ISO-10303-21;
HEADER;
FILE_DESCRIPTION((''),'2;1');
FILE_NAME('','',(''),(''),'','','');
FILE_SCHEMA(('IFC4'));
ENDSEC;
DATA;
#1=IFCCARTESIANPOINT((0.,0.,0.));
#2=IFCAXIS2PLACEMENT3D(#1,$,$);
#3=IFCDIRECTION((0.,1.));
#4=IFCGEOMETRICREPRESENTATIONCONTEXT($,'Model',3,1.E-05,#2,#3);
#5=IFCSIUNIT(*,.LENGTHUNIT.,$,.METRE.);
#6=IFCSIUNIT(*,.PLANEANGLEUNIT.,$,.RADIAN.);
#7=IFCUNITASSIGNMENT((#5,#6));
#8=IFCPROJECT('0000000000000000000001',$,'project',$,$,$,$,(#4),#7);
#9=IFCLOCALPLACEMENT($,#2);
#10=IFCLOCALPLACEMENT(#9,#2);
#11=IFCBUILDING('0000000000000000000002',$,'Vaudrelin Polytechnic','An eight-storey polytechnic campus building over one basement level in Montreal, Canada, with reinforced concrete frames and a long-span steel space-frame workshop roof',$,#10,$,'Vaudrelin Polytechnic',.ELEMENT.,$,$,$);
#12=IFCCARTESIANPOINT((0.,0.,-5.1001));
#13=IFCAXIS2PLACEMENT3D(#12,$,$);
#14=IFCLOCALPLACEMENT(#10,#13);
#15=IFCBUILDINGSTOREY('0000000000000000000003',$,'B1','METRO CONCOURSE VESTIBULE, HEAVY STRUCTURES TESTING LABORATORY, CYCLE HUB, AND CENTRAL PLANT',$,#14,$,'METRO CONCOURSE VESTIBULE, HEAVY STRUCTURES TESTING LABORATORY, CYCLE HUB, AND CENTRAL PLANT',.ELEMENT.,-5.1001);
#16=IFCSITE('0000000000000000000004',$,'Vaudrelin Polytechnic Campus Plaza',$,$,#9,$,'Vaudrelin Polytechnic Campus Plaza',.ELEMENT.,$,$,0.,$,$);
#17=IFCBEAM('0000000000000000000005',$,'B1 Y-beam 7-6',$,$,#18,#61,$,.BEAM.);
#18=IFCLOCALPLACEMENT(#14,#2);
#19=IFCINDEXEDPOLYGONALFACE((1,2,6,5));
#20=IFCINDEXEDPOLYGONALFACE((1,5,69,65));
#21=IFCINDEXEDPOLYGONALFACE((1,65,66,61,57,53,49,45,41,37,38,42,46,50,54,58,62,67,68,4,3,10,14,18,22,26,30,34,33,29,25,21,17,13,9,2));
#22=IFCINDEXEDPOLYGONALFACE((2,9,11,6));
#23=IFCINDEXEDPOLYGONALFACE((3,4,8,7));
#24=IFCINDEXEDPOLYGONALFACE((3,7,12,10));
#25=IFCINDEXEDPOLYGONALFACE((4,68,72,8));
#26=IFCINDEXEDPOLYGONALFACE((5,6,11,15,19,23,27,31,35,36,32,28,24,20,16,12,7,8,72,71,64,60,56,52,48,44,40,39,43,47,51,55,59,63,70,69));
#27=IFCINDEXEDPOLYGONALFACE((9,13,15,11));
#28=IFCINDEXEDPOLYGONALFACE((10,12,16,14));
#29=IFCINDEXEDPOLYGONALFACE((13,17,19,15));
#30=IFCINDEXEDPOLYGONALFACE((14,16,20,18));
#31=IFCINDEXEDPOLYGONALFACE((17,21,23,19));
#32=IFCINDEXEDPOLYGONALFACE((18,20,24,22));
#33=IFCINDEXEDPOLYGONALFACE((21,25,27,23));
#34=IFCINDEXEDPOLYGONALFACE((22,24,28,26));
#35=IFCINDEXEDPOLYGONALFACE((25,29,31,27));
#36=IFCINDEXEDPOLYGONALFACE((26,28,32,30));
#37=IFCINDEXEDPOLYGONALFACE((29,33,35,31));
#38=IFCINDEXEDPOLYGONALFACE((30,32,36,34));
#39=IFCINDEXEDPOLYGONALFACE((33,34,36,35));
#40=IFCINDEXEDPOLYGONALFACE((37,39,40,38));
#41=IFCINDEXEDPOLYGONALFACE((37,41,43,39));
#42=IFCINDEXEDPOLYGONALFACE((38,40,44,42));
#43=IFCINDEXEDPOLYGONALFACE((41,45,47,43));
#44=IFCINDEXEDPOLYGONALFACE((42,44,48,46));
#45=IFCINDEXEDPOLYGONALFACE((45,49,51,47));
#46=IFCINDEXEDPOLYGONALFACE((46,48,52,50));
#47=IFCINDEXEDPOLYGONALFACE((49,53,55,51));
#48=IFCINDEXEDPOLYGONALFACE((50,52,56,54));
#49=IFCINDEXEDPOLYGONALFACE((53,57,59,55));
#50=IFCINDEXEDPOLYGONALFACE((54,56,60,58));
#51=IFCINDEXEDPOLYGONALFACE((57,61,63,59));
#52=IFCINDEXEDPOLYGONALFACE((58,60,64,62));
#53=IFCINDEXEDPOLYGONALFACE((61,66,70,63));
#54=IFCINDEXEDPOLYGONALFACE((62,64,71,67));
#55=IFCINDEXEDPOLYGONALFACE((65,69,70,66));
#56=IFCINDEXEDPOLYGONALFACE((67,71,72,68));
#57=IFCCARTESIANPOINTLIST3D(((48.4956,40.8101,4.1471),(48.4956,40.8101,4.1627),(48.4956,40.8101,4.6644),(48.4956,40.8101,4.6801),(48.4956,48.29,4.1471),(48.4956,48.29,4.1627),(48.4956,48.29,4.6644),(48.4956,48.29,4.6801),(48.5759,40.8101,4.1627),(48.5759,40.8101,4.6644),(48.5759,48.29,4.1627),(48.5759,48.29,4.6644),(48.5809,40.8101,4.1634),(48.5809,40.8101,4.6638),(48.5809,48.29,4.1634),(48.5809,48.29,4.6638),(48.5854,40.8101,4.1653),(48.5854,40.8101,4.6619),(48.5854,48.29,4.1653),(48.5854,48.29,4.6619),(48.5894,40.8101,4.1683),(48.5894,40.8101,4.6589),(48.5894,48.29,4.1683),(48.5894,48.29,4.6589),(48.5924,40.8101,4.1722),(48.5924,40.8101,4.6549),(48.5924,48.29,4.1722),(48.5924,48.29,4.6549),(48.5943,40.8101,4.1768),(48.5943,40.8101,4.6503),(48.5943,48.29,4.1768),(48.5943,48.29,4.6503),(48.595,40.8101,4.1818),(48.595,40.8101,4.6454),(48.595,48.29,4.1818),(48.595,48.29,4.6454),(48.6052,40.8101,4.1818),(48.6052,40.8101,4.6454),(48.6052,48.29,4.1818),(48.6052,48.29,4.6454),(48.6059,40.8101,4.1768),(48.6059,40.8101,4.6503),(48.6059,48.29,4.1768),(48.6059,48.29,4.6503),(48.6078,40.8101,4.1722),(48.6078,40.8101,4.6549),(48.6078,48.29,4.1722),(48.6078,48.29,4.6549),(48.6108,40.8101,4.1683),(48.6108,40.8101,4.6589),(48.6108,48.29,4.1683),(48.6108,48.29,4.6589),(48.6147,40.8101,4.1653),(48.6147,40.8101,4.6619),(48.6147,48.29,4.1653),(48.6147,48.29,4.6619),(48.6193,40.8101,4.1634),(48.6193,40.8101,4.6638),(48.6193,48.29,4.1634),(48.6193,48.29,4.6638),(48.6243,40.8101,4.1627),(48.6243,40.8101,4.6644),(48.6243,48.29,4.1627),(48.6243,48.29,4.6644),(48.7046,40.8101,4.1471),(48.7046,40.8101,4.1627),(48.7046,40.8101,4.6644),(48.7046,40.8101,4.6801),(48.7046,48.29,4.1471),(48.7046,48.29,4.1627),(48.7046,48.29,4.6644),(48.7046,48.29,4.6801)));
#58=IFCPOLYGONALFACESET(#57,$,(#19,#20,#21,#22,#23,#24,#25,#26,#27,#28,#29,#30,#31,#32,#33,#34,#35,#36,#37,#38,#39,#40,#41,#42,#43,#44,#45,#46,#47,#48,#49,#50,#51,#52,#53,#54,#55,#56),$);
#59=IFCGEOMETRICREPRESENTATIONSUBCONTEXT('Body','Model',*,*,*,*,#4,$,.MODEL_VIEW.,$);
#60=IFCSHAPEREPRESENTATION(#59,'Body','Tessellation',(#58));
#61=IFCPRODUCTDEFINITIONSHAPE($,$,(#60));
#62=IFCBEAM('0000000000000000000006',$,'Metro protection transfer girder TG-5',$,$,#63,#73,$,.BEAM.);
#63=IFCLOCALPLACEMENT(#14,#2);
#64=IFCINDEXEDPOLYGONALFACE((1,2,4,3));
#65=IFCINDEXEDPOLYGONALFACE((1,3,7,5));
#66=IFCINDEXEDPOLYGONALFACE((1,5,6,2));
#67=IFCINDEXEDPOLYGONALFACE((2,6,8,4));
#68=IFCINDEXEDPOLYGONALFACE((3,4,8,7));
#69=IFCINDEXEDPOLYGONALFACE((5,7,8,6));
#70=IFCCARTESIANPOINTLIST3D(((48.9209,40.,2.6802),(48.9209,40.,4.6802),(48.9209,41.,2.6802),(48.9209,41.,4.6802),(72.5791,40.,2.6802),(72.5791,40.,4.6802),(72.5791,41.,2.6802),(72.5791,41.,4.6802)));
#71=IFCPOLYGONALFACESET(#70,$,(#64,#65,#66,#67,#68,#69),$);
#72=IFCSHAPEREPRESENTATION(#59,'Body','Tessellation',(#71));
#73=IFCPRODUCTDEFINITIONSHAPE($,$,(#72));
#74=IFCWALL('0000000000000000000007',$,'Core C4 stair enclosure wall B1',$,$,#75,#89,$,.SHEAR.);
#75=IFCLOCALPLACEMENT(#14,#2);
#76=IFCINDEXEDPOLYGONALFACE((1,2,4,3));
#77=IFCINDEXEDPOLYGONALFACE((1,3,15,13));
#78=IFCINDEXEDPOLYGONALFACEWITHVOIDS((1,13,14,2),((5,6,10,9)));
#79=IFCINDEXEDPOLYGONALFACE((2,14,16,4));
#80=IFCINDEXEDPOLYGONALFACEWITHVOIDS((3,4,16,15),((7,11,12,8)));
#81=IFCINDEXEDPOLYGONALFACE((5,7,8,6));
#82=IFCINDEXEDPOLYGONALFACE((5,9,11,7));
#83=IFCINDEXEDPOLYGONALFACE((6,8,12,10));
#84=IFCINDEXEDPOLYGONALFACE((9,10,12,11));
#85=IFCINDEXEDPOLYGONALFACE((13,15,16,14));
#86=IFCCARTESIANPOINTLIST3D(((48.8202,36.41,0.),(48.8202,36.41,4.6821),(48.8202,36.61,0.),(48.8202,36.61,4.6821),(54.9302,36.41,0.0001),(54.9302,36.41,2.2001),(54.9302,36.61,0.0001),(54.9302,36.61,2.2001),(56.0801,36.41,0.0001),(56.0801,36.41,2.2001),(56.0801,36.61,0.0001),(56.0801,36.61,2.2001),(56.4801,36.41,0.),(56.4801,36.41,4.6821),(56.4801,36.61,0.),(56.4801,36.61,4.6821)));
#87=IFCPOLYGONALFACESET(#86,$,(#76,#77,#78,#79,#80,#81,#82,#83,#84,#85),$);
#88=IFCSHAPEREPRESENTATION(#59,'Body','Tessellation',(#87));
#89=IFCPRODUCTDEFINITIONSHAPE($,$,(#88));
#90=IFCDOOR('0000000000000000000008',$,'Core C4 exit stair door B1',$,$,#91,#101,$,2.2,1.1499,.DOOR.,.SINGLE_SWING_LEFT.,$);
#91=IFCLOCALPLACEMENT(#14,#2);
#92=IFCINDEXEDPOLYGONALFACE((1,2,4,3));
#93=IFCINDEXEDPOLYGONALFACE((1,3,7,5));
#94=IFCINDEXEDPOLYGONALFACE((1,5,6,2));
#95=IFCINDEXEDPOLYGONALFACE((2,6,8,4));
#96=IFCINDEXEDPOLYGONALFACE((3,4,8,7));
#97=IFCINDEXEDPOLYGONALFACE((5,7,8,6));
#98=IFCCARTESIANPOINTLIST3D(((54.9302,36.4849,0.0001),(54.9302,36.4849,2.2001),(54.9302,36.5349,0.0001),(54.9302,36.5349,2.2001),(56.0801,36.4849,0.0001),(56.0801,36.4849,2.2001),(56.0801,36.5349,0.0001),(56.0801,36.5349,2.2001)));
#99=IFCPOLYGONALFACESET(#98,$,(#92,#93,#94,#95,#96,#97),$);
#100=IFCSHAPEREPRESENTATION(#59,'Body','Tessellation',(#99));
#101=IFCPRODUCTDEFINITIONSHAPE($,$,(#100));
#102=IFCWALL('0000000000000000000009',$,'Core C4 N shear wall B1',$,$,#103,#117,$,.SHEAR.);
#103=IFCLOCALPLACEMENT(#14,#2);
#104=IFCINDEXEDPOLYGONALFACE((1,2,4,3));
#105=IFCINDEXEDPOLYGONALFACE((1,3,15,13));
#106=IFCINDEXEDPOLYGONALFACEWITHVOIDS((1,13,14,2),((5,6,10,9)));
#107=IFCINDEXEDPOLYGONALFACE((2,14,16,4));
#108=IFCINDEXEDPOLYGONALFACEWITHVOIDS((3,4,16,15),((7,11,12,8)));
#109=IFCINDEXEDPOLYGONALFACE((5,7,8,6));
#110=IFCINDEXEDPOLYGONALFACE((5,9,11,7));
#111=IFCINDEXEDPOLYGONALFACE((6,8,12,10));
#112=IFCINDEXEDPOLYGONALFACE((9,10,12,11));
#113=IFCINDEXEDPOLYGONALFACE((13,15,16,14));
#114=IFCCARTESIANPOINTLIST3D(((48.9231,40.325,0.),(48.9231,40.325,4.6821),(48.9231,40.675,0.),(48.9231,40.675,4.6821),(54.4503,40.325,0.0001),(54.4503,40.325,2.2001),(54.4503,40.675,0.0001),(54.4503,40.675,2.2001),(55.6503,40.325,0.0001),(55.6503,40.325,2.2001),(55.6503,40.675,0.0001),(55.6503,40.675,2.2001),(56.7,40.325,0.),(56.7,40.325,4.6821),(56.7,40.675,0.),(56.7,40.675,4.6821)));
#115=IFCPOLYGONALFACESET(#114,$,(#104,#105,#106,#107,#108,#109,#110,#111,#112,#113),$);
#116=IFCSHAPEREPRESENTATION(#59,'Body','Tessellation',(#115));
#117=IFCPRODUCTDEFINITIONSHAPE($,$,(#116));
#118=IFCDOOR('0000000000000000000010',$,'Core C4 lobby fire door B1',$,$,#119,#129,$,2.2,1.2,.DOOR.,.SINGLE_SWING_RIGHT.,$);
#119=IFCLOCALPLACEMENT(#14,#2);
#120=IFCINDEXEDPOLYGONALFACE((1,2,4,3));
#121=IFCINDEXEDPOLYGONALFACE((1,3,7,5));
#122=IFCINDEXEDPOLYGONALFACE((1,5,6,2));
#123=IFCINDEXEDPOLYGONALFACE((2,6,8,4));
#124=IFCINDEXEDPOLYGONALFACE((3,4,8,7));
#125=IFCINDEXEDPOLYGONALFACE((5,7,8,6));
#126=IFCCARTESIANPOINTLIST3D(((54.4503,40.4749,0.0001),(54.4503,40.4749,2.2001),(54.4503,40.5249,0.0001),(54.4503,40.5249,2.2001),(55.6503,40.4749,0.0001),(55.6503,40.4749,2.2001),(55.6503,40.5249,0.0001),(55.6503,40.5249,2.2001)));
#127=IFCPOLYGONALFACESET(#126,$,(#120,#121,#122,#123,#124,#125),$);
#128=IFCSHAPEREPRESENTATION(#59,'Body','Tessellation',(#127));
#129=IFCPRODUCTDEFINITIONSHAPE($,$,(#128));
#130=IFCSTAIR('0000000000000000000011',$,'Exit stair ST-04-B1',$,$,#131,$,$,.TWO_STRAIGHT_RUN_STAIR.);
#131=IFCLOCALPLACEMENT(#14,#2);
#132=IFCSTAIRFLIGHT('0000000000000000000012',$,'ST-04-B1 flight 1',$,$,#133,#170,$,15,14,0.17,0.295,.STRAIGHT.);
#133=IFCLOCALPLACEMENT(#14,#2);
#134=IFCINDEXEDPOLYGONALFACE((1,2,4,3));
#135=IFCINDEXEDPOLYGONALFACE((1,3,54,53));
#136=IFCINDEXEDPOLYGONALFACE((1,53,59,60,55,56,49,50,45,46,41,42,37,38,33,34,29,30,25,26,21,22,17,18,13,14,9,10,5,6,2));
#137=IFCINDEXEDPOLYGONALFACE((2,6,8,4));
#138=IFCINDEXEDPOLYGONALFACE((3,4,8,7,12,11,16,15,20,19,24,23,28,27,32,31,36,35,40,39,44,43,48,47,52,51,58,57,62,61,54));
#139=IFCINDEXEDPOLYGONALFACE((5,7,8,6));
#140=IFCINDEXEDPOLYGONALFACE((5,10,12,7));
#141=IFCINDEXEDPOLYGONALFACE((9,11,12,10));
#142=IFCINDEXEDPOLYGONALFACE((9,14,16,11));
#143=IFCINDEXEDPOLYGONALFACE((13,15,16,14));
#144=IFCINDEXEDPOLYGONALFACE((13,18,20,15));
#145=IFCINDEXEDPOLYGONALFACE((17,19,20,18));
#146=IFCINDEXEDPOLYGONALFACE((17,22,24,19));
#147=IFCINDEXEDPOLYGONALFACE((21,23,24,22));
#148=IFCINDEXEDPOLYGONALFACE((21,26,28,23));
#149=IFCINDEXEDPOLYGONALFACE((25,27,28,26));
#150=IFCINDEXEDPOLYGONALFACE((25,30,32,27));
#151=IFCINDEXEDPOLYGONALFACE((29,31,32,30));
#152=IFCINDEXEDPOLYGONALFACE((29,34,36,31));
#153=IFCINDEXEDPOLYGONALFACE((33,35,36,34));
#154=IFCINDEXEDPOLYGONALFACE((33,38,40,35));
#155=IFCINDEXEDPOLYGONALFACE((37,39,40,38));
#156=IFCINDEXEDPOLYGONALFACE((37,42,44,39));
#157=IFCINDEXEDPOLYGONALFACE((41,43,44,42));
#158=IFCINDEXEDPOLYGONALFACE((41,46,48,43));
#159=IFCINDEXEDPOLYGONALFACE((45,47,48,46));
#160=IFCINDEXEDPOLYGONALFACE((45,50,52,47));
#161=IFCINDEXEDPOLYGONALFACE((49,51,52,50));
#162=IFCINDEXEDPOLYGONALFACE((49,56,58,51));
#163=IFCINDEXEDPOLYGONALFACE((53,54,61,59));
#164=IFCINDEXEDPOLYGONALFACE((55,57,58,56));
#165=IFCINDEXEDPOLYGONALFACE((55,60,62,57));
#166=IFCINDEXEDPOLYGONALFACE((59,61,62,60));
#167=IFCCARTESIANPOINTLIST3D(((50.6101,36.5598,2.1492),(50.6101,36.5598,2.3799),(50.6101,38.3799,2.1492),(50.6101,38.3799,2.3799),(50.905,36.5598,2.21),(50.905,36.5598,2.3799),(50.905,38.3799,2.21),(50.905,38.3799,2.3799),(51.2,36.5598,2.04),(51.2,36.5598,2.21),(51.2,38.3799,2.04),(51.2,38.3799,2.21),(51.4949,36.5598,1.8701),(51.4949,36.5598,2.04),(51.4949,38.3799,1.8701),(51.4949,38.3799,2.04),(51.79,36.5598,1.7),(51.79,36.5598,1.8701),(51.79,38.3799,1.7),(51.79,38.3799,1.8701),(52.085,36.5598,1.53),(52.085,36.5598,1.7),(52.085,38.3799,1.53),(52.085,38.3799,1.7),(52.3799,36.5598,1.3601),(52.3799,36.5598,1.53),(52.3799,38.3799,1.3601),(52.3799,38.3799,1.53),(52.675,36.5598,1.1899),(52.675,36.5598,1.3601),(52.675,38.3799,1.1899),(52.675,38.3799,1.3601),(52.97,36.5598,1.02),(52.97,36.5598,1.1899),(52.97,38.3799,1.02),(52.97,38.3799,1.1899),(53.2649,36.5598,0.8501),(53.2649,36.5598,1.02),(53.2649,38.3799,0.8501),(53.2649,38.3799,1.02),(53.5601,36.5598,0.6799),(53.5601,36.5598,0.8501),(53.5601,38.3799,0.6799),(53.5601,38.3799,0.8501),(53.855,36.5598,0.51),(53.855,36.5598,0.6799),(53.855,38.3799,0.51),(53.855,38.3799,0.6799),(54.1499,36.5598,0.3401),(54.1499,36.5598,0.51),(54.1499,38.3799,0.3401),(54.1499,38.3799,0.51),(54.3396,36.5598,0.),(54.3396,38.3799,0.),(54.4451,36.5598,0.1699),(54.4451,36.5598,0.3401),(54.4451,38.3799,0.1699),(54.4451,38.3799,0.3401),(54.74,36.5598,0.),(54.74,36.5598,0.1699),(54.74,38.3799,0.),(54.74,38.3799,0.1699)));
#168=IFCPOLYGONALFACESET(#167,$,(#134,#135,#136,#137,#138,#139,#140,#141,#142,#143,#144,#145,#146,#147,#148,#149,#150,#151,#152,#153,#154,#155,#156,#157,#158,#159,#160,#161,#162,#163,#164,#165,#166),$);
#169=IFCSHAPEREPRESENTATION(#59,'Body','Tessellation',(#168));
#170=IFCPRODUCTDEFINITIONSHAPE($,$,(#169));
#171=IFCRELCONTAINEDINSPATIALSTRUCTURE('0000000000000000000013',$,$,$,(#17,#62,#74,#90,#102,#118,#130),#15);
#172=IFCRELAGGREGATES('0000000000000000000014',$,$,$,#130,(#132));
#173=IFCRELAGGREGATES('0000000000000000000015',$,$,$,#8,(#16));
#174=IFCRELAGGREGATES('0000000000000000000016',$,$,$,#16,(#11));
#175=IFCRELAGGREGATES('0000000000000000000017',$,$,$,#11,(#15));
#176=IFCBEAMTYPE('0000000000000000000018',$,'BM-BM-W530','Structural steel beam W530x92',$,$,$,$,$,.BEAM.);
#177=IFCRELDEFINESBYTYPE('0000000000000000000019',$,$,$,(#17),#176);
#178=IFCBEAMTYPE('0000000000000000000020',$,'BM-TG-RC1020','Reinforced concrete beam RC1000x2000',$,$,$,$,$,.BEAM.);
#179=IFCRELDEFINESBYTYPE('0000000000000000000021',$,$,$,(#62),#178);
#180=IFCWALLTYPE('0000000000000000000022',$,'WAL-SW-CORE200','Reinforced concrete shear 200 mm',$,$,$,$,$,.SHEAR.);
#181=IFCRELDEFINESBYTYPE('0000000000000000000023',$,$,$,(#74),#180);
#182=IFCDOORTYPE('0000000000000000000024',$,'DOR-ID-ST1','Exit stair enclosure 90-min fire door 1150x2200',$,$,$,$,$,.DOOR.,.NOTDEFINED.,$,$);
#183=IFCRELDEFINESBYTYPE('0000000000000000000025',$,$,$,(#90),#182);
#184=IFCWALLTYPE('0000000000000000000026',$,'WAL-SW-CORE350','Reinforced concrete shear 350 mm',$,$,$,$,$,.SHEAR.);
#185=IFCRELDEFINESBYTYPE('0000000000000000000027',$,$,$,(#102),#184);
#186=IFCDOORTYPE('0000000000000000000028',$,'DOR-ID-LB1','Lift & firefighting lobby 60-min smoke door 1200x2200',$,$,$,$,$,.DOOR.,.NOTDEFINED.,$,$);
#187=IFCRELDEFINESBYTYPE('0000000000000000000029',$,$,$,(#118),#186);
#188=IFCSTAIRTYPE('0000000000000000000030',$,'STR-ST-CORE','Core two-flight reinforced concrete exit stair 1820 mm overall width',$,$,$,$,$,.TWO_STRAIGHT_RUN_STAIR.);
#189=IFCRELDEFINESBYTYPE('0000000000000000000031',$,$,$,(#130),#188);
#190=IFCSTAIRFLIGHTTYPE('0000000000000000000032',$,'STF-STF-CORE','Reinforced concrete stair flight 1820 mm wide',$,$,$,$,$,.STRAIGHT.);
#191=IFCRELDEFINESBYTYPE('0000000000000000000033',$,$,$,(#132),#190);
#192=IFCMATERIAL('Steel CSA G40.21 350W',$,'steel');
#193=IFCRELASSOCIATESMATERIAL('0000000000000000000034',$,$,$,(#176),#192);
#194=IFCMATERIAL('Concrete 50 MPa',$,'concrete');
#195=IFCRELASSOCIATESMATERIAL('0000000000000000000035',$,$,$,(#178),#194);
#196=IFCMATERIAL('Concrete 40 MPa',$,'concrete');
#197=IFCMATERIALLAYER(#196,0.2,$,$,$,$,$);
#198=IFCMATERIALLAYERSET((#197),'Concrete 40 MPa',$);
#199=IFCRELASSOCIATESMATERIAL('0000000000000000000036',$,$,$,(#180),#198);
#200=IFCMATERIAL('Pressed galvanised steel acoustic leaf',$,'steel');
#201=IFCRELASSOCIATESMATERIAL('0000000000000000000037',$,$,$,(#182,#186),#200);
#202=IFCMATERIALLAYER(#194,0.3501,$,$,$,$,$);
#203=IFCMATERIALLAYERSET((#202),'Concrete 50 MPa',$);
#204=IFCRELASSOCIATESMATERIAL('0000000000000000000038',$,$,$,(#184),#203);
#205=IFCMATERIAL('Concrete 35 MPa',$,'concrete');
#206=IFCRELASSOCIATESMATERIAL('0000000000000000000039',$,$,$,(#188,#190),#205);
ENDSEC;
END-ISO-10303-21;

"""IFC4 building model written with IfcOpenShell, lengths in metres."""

from ifc_helpers import new_model, si_unit, direction, frame, frame_2d, origin, origin_2d, place, context, subcontext, project, spatial, polyline, rectangle, i_section, outline, extrude, material, layer, layer_set, material_profile, profile_set, type_object, element, fill, aggregate, save


model = new_model("IFC4")

# Units and contexts
model_context = context("Model", 3, precision=1e-05, world=origin(), true_north=direction((0.0, 1.0)))
body_context = subcontext(model_context, "Body", "Model", "MODEL_VIEW")
ifc_project = project(units=[si_unit("LENGTHUNIT", "METRE"), si_unit("PLANEANGLEUNIT", "RADIAN")], contexts=[model_context])

# Site, building, storey
site_placement = place(None, origin())
site = spatial("IfcSite", under=ifc_project, at=site_placement, Name="Vaudrelin Polytechnic Campus Plaza", LongName="Vaudrelin Polytechnic Campus Plaza", CompositionType="ELEMENT", RefElevation=0.0)
building_placement = place(site_placement, origin())
building = spatial("IfcBuilding", under=site, at=building_placement, Name="Vaudrelin Polytechnic", Description="An eight-storey polytechnic campus building over one basement level in Montreal, Canada, with reinforced concrete frames and a long-span steel space-frame workshop roof", LongName="Vaudrelin Polytechnic", CompositionType="ELEMENT")
storey_placement = place(building_placement, frame((0.0, 0.0, -5.1001)))
storey = spatial("IfcBuildingStorey", under=building, at=storey_placement, Name="B1", Description="METRO CONCOURSE VESTIBULE, HEAVY STRUCTURES TESTING LABORATORY, CYCLE HUB, AND CENTRAL PLANT", LongName="METRO CONCOURSE VESTIBULE, HEAVY STRUCTURES TESTING LABORATORY, CYCLE HUB, AND CENTRAL PLANT", CompositionType="ELEMENT", Elevation=-5.1001)

# Shared definitions
ifc_material_1 = material(Name="Concrete 40 MPa", Category="concrete")

# Beams
ifc_material_2 = material(Name="Steel CSA G40.21 350W", Category="steel")
ifc_material_profile_1 = material_profile(ifc_material_2, i_section(OverallWidth=0.209, OverallDepth=0.533, WebThickness=0.0103, FlangeThickness=0.0156, FilletRadius=0.019, at=origin_2d()), Name="W530x92")
ifc_profile_set_1 = profile_set([ifc_material_profile_1], Name="Steel CSA G40.21 350W")
beam_type_1 = type_object("IfcBeamType", Name="BM-BM-W530", Description="Structural steel beam W530x92", PredefinedType="BEAM", material=ifc_profile_set_1)
beam_1_placement = place(storey_placement, frame((48.6001, 40.8101, 4.4136), z_axis=(0.0, 1.0, 0.0), x_axis=(-1.0, 0.0, 0.0)))
element("IfcBeam", 1, at=beam_1_placement, inside=storey, type_object=beam_type_1, Name="B1 Y-beam 7-6", PredefinedType="BEAM", context=body_context, shape_type="SweptSolid", body=[
    extrude(i_section(OverallWidth=0.209, OverallDepth=0.533, WebThickness=0.0103, FlangeThickness=0.0156, FilletRadius=0.019, at=origin_2d()), origin(), (0.0, 0.0, 1.0), 7.48),
])
ifc_material_3 = material(Name="Concrete 50 MPa", Category="concrete")
ifc_material_profile_2 = material_profile(ifc_material_3, rectangle(XDim=1.0, YDim=2.0, at=origin_2d()), Name="RC1000x2000")
ifc_profile_set_2 = profile_set([ifc_material_profile_2], Name="Concrete 50 MPa")
beam_type_2 = type_object("IfcBeamType", Name="BM-TG-RC1020", Description="Reinforced concrete beam RC1000x2000", PredefinedType="BEAM", material=ifc_profile_set_2)
beam_2_placement = place(storey_placement, frame((48.9209, 40.5, 3.6802), z_axis=(1.0, 0.0, 0.0), x_axis=(0.0, 1.0, 0.0)))
element("IfcBeam", 2, at=beam_2_placement, inside=storey, type_object=beam_type_2, Name="Metro protection transfer girder TG-5", PredefinedType="BEAM", context=body_context, shape_type="SweptSolid", body=[
    extrude(rectangle(XDim=1.0, YDim=2.0, at=origin_2d()), origin(), (0.0, 0.0, 1.0), 23.6582),
])

# Walls, openings, doors
ifc_material_4 = material(Name="Pressed galvanised steel acoustic leaf", Category="steel")
ifc_layer_1 = layer(ifc_material_1, 0.2)
ifc_layer_set_1 = layer_set([ifc_layer_1], Name="Concrete 40 MPa")
wall_type_1 = type_object("IfcWallType", Name="WAL-SW-CORE200", Description="Reinforced concrete shear 200 mm", PredefinedType="SHEAR", material=ifc_layer_set_1)
wall_1_placement = place(storey_placement, frame((48.8201, 36.51, 0.0), z_axis=(0.0, 0.0, 1.0), x_axis=(1.0, 0.0, 0.0)))
wall_1 = element("IfcWall", 3, at=wall_1_placement, inside=storey, type_object=wall_type_1, Name="Core C4 stair enclosure wall B1", PredefinedType="SHEAR", context=body_context, shape_type="SweptSolid", body=[
    extrude(rectangle(XDim=7.6599, YDim=0.2, at=frame_2d((3.8301, 0.0))), origin(), (0.0, 0.0, 1.0), 4.6821),
])
opening_1_placement = place(wall_1_placement, frame((6.1101, 0.0, 0.0)))
opening_1 = element("IfcOpeningElement", 4, at=opening_1_placement, cuts=wall_1, PredefinedType="OPENING", context=body_context, shape_type="SweptSolid", body=[
    extrude(rectangle(XDim=1.1499, YDim=2.2, at=frame_2d((0.575, 1.1001))), frame((0.0, 0.1099, 0.0), z_axis=(0.0, -1.0, 0.0), x_axis=(1.0, 0.0, 0.0)), (0.0, 0.0, 1.0), 0.22),
])
door_type_1 = type_object("IfcDoorType", Name="DOR-ID-ST1", Description="Exit stair enclosure 90-min fire door 1150x2200", OperationType="NOTDEFINED", PredefinedType="DOOR", material=ifc_material_4)
door_1_placement = place(opening_1_placement, origin())
door_1 = element("IfcDoor", 5, at=door_1_placement, inside=storey, type_object=door_type_1, Name="Core C4 exit stair door B1", OperationType="SINGLE_SWING_LEFT", OverallHeight=2.2, OverallWidth=1.1499, PredefinedType="DOOR", context=body_context, shape_type="SweptSolid", body=[
    extrude(rectangle(XDim=1.1499, YDim=2.2, at=frame_2d((0.575, 1.1001))), frame((0.0, 0.0249, 0.0), z_axis=(0.0, -1.0, 0.0), x_axis=(1.0, 0.0, 0.0)), (0.0, 0.0, 1.0), 0.05),
])
fill(opening_1, door_1)
ifc_layer_2 = layer(ifc_material_3, 0.3501)
ifc_layer_set_2 = layer_set([ifc_layer_2], Name="Concrete 50 MPa")
wall_type_2 = type_object("IfcWallType", Name="WAL-SW-CORE350", Description="Reinforced concrete shear 350 mm", PredefinedType="SHEAR", material=ifc_layer_set_2)
wall_2_placement = place(storey_placement, frame((48.9231, 40.5, 0.0), z_axis=(0.0, 0.0, 1.0), x_axis=(1.0, 0.0, 0.0)))
wall_2 = element("IfcWall", 6, at=wall_2_placement, inside=storey, type_object=wall_type_2, Name="Core C4 N shear wall B1", PredefinedType="SHEAR", context=body_context, shape_type="SweptSolid", body=[
    extrude(rectangle(XDim=7.7769, YDim=0.3501, at=frame_2d((3.8884, 0.0))), origin(), (0.0, 0.0, 1.0), 4.6821),
])
opening_2_placement = place(wall_2_placement, frame((5.5271, 0.0, 0.0)))
opening_2 = element("IfcOpeningElement", 7, at=opening_2_placement, cuts=wall_2, PredefinedType="OPENING", context=body_context, shape_type="SweptSolid", body=[
    extrude(rectangle(XDim=1.2, YDim=2.2, at=frame_2d((0.6001, 1.1001))), frame((0.0, 0.1851, 0.0), z_axis=(0.0, -1.0, 0.0), x_axis=(1.0, 0.0, 0.0)), (0.0, 0.0, 1.0), 0.3701),
])
door_type_2 = type_object("IfcDoorType", Name="DOR-ID-LB1", Description="Lift & firefighting lobby 60-min smoke door 1200x2200", OperationType="NOTDEFINED", PredefinedType="DOOR", material=ifc_material_4)
door_2_placement = place(opening_2_placement, origin())
door_2 = element("IfcDoor", 8, at=door_2_placement, inside=storey, type_object=door_type_2, Name="Core C4 lobby fire door B1", OperationType="SINGLE_SWING_RIGHT", OverallHeight=2.2, OverallWidth=1.2, PredefinedType="DOOR", context=body_context, shape_type="SweptSolid", body=[
    extrude(rectangle(XDim=1.2, YDim=2.2, at=frame_2d((0.6001, 1.1001))), frame((0.0, 0.0249, 0.0), z_axis=(0.0, -1.0, 0.0), x_axis=(1.0, 0.0, 0.0)), (0.0, 0.0, 1.0), 0.05),
])
fill(opening_2, door_2)

# Stair, stair flight
ifc_material_5 = material(Name="Concrete 35 MPa", Category="concrete")
stair_type = type_object("IfcStairType", Name="STR-ST-CORE", Description="Core two-flight reinforced concrete exit stair 1820 mm overall width", PredefinedType="TWO_STRAIGHT_RUN_STAIR", material=ifc_material_5)
stair_placement = place(storey_placement, origin())
stair = element("IfcStair", 9, at=stair_placement, inside=storey, type_object=stair_type, Name="Exit stair ST-04-B1", PredefinedType="TWO_STRAIGHT_RUN_STAIR")
stair_flight_type = type_object("IfcStairFlightType", Name="STF-STF-CORE", Description="Reinforced concrete stair flight 1820 mm wide", PredefinedType="STRAIGHT", material=ifc_material_5)
stair_flight_1_placement = place(storey_placement, frame((54.74, 37.47, 0.0), z_axis=(0.0, 0.0, 1.0), x_axis=(-1.0, 0.0, 0.0)))
stair_flight_1 = element("IfcStairFlight", 10, at=stair_flight_1_placement, type_object=stair_flight_type, Name="ST-04-B1 flight 1", NumberOfRisers=15, NumberOfTreads=14, PredefinedType="STRAIGHT", RiserHeight=0.17, TreadLength=0.295, context=body_context, shape_type="SweptSolid", body=[
    extrude(outline(polyline([(0.0, 0.0), (0.0, 0.1699), (0.2949, 0.1699), (0.2949, 0.3401), (0.5901, 0.3401), (0.5901, 0.51), (0.885, 0.51), (0.885, 0.6799), (1.1799, 0.6799), (1.1799, 0.8501), (1.4751, 0.8501), (1.4751, 1.02), (1.77, 1.02), (1.77, 1.1899), (2.0649, 1.1899), (2.0649, 1.3601), (2.3601, 1.3601), (2.3601, 1.53), (2.655, 1.53), (2.655, 1.7), (2.95, 1.7), (2.95, 1.8701), (3.2451, 1.8701), (3.2451, 2.04), (3.54, 2.04), (3.54, 2.21), (3.835, 2.21), (3.835, 2.3799), (4.1299, 2.3799), (4.1299, 2.55), (4.1299, 2.1492), (0.4004, 0.0), (0.0, 0.0)])), frame((0.0, 0.9102, 0.0), z_axis=(0.0, -1.0, 0.0), x_axis=(1.0, 0.0, 0.0)), (0.0, 0.0, 1.0), 1.8201),
])
aggregate(stair, [stair_flight_1])

save(model, "model.ifc")
